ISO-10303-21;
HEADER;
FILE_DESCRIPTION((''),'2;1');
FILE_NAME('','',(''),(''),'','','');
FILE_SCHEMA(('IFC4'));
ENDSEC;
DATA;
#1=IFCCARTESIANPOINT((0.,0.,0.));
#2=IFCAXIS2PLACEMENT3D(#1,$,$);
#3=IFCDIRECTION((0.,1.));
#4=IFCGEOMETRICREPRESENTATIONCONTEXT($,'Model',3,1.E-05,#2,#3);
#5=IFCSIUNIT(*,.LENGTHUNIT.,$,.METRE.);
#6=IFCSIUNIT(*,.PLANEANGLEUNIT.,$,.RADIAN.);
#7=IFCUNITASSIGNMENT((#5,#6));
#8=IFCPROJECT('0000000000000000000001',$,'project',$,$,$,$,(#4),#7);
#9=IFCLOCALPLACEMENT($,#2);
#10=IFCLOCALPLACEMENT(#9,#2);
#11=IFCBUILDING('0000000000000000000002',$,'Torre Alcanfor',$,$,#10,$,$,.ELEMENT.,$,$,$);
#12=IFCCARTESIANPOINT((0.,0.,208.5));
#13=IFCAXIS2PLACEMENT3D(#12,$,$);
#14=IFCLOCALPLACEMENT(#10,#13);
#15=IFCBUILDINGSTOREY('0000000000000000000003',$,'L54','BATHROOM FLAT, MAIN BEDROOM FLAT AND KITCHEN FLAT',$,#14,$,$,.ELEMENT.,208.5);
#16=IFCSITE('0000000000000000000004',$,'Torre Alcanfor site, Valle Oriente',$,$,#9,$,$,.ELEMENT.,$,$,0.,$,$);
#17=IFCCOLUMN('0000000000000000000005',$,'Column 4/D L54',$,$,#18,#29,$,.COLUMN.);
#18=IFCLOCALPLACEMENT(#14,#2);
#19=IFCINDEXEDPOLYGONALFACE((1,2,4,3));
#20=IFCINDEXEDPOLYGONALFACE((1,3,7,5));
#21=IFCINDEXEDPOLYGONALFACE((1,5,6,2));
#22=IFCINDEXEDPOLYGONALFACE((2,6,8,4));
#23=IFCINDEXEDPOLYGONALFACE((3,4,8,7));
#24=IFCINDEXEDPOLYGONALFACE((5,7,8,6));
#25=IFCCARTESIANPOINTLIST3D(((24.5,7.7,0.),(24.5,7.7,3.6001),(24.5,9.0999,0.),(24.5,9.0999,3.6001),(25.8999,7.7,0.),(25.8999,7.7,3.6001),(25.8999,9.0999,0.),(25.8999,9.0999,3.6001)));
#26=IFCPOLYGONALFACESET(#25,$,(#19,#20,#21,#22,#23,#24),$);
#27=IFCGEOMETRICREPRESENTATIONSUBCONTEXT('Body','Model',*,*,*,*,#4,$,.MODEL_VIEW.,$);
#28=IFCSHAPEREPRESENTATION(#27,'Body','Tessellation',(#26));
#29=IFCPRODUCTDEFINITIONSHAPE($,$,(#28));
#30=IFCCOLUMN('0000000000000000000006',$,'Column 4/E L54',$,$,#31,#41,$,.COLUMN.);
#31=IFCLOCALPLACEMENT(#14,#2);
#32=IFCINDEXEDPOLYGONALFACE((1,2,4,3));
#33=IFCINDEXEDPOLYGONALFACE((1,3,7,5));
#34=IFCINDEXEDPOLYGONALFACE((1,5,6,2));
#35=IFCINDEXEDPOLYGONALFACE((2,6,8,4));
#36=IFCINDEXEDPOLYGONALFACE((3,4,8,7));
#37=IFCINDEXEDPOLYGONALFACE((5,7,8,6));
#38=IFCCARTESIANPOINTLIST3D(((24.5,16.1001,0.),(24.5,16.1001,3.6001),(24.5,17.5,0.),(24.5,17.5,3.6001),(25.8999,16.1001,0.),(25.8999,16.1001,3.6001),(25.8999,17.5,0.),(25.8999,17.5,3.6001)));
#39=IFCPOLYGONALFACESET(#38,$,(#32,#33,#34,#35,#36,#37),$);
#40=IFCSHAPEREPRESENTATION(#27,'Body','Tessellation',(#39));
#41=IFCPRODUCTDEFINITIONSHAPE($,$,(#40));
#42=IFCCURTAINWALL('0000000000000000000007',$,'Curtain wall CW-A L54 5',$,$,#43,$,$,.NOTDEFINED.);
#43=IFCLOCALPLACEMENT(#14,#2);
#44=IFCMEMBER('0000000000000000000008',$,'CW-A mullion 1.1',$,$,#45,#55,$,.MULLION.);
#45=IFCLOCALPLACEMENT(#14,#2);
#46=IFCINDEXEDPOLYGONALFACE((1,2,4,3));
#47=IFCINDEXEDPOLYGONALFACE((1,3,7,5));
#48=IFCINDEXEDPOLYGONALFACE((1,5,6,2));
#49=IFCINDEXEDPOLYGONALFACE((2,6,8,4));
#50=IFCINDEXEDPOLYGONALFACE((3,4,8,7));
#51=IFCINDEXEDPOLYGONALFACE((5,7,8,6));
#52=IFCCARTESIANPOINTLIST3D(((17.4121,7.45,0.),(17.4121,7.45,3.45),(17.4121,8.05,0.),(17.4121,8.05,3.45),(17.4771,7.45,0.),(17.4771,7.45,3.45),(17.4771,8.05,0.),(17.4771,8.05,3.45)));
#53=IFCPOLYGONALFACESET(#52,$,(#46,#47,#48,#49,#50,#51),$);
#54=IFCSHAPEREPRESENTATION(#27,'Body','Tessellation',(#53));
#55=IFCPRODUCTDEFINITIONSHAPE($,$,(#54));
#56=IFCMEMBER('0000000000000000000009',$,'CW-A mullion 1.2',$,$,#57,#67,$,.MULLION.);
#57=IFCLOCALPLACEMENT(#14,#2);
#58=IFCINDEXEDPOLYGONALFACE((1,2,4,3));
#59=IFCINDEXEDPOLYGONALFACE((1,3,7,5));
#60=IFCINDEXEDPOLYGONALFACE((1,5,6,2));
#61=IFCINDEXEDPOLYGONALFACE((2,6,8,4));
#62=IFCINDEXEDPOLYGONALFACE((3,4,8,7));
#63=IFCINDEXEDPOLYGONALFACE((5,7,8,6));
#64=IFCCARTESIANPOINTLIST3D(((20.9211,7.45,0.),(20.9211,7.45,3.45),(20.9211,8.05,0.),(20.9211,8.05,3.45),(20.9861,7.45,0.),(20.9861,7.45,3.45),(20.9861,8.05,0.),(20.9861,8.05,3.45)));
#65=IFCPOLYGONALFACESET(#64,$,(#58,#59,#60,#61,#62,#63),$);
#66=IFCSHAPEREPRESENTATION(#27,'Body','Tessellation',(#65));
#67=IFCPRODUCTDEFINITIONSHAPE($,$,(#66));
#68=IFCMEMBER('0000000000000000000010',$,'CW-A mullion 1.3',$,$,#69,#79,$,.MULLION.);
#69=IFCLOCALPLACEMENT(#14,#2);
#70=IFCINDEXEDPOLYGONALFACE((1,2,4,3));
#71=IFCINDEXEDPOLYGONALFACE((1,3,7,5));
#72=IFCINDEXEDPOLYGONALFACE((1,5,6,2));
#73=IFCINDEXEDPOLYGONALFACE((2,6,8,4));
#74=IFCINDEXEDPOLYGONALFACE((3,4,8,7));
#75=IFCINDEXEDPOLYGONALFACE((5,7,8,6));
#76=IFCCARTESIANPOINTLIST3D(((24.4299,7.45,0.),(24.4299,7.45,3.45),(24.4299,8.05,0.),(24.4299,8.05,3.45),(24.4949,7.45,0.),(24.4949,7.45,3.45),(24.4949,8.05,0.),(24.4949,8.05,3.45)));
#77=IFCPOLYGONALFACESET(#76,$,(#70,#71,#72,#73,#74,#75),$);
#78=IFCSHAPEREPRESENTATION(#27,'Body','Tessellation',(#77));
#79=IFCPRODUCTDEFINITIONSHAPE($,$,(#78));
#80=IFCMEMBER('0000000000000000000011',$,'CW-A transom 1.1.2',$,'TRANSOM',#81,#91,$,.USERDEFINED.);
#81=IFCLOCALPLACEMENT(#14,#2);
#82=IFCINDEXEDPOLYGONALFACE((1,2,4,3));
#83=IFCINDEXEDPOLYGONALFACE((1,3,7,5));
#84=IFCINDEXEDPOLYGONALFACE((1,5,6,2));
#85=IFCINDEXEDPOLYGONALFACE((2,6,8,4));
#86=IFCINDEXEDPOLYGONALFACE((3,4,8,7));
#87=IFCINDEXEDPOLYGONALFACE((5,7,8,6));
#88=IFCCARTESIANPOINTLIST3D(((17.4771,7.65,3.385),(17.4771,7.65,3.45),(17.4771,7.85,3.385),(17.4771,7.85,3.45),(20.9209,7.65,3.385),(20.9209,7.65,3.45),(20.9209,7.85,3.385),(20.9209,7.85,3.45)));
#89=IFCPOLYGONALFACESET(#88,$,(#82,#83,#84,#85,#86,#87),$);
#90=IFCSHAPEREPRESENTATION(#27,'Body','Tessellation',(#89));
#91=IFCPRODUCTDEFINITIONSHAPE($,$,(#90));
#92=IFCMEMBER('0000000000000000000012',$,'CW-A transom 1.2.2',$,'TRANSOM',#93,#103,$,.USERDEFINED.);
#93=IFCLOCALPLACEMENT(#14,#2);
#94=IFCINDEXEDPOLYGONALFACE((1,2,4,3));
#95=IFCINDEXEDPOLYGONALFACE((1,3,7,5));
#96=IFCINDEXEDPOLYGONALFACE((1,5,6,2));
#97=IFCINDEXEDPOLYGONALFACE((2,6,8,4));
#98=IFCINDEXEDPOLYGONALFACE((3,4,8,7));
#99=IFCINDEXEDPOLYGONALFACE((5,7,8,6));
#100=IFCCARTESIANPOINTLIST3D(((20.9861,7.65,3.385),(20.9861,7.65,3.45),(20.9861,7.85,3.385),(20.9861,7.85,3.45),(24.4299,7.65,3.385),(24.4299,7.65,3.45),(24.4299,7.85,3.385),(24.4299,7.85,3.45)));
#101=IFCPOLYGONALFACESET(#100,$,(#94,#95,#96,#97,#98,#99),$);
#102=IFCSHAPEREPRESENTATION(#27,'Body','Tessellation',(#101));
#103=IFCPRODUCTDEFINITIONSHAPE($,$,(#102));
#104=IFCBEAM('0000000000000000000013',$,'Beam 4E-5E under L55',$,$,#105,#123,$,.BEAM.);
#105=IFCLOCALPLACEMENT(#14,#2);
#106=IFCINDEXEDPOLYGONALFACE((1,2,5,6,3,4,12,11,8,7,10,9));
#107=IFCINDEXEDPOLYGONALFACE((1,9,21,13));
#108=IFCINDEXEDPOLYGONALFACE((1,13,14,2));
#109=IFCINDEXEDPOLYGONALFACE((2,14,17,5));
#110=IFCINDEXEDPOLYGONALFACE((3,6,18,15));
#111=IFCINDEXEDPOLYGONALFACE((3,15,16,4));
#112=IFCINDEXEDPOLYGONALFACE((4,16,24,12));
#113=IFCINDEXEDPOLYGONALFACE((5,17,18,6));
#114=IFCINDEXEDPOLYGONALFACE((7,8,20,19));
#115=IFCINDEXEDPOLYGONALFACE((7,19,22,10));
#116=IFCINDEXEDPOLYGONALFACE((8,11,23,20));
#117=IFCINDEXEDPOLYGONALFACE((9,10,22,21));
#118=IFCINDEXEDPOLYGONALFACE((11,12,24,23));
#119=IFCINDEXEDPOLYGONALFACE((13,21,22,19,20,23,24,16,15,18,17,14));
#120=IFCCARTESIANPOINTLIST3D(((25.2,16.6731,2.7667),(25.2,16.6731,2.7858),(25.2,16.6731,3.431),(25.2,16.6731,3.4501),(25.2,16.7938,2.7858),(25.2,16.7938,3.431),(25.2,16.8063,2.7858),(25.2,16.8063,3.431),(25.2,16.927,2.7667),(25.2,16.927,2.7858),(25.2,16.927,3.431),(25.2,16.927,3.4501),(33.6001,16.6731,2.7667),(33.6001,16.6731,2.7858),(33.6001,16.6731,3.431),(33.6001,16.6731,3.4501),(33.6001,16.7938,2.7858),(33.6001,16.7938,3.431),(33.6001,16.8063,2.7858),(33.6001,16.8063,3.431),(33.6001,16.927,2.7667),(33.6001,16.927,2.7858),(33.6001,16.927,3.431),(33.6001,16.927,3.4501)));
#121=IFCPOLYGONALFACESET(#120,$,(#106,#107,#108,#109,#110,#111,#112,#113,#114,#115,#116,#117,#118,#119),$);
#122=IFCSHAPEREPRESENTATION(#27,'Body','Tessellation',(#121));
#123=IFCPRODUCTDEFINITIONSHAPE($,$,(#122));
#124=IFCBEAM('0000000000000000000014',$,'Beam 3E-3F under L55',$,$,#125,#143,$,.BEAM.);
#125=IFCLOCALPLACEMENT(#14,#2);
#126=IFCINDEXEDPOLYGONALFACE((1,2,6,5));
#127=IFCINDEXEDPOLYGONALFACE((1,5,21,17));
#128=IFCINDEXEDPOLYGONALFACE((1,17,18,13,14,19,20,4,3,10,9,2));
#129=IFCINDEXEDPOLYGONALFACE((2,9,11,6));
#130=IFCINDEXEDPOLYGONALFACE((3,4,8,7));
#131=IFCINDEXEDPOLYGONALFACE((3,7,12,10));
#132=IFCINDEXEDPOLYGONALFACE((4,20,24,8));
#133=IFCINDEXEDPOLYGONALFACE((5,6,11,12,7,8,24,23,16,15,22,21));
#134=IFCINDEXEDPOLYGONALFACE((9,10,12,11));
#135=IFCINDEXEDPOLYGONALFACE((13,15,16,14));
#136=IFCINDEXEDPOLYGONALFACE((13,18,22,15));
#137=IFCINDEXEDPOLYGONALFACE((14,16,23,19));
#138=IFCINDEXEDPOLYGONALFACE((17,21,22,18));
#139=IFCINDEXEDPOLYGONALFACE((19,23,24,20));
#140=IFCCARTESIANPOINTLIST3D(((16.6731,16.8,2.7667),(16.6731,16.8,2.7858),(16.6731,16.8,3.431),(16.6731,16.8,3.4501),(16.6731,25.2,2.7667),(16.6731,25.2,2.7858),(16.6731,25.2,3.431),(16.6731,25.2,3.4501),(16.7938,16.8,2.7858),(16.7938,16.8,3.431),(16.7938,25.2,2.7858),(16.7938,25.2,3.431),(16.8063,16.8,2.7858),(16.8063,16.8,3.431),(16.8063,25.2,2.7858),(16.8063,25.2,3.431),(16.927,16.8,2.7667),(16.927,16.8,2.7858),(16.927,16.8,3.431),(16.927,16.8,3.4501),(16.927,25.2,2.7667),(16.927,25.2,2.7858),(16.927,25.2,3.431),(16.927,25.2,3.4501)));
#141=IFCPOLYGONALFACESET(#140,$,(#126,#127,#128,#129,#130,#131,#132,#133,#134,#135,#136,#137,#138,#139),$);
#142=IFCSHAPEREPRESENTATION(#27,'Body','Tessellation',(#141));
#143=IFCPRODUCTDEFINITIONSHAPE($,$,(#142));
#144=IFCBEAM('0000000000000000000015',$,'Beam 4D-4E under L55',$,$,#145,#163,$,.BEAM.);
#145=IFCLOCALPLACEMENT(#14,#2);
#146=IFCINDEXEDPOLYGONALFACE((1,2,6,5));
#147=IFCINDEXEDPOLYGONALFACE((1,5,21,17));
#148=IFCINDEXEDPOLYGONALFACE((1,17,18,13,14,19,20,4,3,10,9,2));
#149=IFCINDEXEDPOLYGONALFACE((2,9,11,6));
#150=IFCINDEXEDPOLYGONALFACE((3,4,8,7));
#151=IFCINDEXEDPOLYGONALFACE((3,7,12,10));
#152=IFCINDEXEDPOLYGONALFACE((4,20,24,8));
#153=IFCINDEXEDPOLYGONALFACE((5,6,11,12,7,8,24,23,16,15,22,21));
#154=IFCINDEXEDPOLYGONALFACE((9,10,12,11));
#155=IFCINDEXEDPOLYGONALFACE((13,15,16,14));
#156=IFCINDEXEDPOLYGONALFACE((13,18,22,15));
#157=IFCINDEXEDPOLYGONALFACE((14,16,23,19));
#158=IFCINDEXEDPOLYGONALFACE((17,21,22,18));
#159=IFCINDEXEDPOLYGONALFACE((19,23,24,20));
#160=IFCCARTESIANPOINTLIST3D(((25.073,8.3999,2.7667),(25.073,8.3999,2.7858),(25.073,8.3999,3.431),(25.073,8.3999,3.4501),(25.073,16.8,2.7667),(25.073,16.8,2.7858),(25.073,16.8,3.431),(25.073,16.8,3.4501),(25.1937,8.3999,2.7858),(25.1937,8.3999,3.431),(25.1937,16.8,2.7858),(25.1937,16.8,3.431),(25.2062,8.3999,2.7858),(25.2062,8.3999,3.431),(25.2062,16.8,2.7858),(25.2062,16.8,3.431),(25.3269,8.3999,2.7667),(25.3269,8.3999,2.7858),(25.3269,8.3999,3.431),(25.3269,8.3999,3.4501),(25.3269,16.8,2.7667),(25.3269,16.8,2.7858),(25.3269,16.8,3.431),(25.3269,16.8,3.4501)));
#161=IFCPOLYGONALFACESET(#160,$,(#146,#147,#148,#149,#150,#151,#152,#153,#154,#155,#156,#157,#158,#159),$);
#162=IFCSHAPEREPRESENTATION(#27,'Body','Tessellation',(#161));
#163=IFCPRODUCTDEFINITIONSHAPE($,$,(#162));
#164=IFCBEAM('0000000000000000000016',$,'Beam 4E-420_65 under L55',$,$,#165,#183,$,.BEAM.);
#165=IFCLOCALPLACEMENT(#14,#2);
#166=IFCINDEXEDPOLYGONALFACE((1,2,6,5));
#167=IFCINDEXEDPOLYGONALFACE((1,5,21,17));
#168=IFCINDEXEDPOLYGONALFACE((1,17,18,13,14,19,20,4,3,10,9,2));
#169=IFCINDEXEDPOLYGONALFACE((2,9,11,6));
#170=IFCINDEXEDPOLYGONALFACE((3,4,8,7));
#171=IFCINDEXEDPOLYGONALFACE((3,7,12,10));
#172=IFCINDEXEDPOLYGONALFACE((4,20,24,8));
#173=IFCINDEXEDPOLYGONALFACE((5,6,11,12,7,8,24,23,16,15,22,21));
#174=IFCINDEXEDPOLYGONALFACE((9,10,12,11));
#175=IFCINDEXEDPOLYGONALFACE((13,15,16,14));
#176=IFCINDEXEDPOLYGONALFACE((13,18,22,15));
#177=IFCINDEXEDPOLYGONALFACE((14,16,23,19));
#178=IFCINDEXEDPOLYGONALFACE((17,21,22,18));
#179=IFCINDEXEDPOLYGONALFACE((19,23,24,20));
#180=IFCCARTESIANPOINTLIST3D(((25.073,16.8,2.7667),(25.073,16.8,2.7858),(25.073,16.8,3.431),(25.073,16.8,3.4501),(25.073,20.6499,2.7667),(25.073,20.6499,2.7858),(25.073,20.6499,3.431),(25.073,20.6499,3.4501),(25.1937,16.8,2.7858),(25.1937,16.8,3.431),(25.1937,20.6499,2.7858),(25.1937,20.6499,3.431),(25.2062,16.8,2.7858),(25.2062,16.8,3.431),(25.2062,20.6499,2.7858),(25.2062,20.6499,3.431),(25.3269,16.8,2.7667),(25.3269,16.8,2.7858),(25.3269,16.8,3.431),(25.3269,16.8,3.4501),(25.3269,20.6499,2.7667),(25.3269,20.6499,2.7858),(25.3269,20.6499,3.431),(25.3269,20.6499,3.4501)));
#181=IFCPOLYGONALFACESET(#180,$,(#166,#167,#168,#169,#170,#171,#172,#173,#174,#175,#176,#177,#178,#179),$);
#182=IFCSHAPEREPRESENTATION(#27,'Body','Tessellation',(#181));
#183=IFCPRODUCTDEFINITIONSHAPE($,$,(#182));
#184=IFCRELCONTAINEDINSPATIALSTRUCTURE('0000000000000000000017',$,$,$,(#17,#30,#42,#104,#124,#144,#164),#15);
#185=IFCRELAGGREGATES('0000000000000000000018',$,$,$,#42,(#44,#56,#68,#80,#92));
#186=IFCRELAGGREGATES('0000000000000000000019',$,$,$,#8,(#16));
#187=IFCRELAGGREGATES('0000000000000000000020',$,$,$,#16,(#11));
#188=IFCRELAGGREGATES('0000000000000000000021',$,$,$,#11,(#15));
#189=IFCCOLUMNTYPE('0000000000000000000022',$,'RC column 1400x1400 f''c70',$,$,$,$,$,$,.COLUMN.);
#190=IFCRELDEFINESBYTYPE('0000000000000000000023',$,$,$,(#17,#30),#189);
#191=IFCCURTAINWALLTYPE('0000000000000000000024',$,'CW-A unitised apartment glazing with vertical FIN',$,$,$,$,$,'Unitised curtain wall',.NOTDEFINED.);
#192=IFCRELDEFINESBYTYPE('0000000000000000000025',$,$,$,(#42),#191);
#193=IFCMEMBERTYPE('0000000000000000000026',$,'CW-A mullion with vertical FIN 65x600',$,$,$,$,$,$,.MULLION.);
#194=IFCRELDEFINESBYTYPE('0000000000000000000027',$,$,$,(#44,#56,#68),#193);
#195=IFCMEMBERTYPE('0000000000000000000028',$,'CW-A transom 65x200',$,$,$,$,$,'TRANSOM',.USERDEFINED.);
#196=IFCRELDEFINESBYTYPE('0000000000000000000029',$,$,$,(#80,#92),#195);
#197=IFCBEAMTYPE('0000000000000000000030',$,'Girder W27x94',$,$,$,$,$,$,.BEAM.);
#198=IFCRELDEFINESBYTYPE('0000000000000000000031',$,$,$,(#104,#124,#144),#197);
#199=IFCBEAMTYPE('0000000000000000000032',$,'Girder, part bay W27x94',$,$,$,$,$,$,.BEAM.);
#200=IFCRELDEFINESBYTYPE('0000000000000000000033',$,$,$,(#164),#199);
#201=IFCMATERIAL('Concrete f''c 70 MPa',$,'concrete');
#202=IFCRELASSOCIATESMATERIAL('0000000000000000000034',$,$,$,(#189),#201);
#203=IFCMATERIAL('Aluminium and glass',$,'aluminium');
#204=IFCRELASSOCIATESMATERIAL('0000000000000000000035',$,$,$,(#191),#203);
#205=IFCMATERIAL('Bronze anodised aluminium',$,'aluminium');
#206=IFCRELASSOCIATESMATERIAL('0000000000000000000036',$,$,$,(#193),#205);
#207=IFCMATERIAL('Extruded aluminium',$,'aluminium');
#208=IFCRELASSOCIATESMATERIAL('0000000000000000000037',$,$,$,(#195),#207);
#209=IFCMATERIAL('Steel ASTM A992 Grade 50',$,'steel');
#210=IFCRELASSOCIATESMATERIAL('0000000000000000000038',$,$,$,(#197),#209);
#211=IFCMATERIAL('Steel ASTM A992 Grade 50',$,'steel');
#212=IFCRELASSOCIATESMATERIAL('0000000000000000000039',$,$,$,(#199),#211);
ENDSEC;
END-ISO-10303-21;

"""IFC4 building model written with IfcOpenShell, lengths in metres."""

from ifc_helpers import new_model, si_unit, direction, frame, origin, origin_2d, place, context, subcontext, project, spatial, rectangle, i_section, extrude, material, material_profile, profile_set, type_object, element, aggregate, save


model = new_model("IFC4")

# Units and contexts
model_context = context("Model", 3, precision=1e-05, world=origin(), true_north=direction((0.0, 1.0)))
body_context = subcontext(model_context, "Body", "Model", "MODEL_VIEW")
ifc_project = project(units=[si_unit("LENGTHUNIT", "METRE"), si_unit("PLANEANGLEUNIT", "RADIAN")], contexts=[model_context])

# Site, building, storey
site_placement = place(None, origin())
site = spatial("IfcSite", under=ifc_project, at=site_placement, Name="Torre Alcanfor site, Valle Oriente", CompositionType="ELEMENT", RefElevation=0.0)
building_placement = place(site_placement, origin())
building = spatial("IfcBuilding", under=site, at=building_placement, Name="Torre Alcanfor", CompositionType="ELEMENT")
storey_placement = place(building_placement, frame((0.0, 0.0, 208.5)))
storey = spatial("IfcBuildingStorey", under=building, at=storey_placement, Name="L54", Description="BATHROOM FLAT, MAIN BEDROOM FLAT AND KITCHEN FLAT", CompositionType="ELEMENT", Elevation=208.5)

# Columns
ifc_material_1 = material(Name="Concrete f'c 70 MPa", Category="concrete")
ifc_material_profile_1 = material_profile(ifc_material_1, rectangle(XDim=1.3999, YDim=1.3999, at=origin_2d()), Name="1400x1400")
ifc_profile_set_1 = profile_set([ifc_material_profile_1], Name="Concrete f'c 70 MPa")
column_type = type_object("IfcColumnType", Name="RC column 1400x1400 f'c70", PredefinedType="COLUMN", material=ifc_profile_set_1)
for number, where, z_axis, x_axis, name in (
    (1, (25.2, 8.3999, 0.0), (0.0, 0.0, 1.0), (1.0, 0.0, 0.0), "Column 4/D L54"),
    (2, (25.2, 16.8, 0.0), (0.0, 0.0, 1.0), (1.0, 0.0, 0.0), "Column 4/E L54"),
):
    element("IfcColumn", number, at=place(storey_placement, frame(where, z_axis=z_axis, x_axis=x_axis)), inside=storey, type_object=column_type, Name=name, PredefinedType="COLUMN", context=body_context, shape_type="SweptSolid", body=[
        extrude(rectangle(XDim=1.3999, YDim=1.3999, at=origin_2d()), origin(), (0.0, 0.0, 1.0), 3.6001),
    ])

# Curtain wall, members
ifc_material_2 = material(Name="Aluminium and glass", Category="aluminium")
curtain_wall_type = type_object("IfcCurtainWallType", Name="CW-A unitised apartment glazing with vertical FIN", ElementType="Unitised curtain wall", PredefinedType="NOTDEFINED", material=ifc_material_2)
curtain_wall_placement = place(storey_placement, origin())
curtain_wall = element("IfcCurtainWall", 3, at=curtain_wall_placement, inside=storey, type_object=curtain_wall_type, Name="Curtain wall CW-A L54 5", PredefinedType="NOTDEFINED")
ifc_material_3 = material(Name="Bronze anodised aluminium", Category="aluminium")
ifc_material_profile_2 = material_profile(ifc_material_3, rectangle(XDim=0.6001, YDim=0.0649, at=origin_2d()), Name="CW-A mullion 65x600")
ifc_profile_set_2 = profile_set([ifc_material_profile_2], Name="Bronze anodised aluminium")
member_type_1 = type_object("IfcMemberType", Name="CW-A mullion with vertical FIN 65x600", PredefinedType="MULLION", material=ifc_profile_set_2)
member_1_placement = place(storey_placement, frame((17.4446, 7.75, 0.0), z_axis=(0.0, 0.0, 1.0), x_axis=(0.0, 1.0, 0.0)))
member_1 = element("IfcMember", 4, at=member_1_placement, type_object=member_type_1, Name="CW-A mullion 1.1", PredefinedType="MULLION", context=body_context, shape_type="SweptSolid", body=[
    extrude(rectangle(XDim=0.6001, YDim=0.0649, at=origin_2d()), origin(), (0.0, 0.0, 1.0), 3.45),
])
member_2_placement = place(storey_placement, frame((20.9536, 7.75, 0.0), z_axis=(0.0, 0.0, 1.0), x_axis=(0.0, 1.0, 0.0)))
member_2 = element("IfcMember", 5, at=member_2_placement, type_object=member_type_1, Name="CW-A mullion 1.2", PredefinedType="MULLION", context=body_context, shape_type="SweptSolid", body=[
    extrude(rectangle(XDim=0.6001, YDim=0.0649, at=origin_2d()), origin(), (0.0, 0.0, 1.0), 3.45),
])
member_3_placement = place(storey_placement, frame((24.4624, 7.75, 0.0), z_axis=(0.0, 0.0, 1.0), x_axis=(0.0, 1.0, 0.0)))
member_3 = element("IfcMember", 6, at=member_3_placement, type_object=member_type_1, Name="CW-A mullion 1.3", PredefinedType="MULLION", context=body_context, shape_type="SweptSolid", body=[
    extrude(rectangle(XDim=0.6001, YDim=0.0649, at=origin_2d()), origin(), (0.0, 0.0, 1.0), 3.45),
])
ifc_material_4 = material(Name="Extruded aluminium", Category="aluminium")
ifc_material_profile_3 = material_profile(ifc_material_4, rectangle(XDim=0.2, YDim=0.0649, at=origin_2d()), Name="CW-A transom 200x65")
ifc_profile_set_3 = profile_set([ifc_material_profile_3], Name="Extruded aluminium")
member_type_2 = type_object("IfcMemberType", Name="CW-A transom 65x200", ElementType="TRANSOM", PredefinedType="USERDEFINED", material=ifc_profile_set_3)
member_4_placement = place(storey_placement, frame((17.4771, 7.75, 3.4175), z_axis=(1.0, 0.0, 0.0), x_axis=(0.0, 1.0, 0.0)))
member_4 = element("IfcMember", 7, at=member_4_placement, type_object=member_type_2, Name="CW-A transom 1.1.2", ObjectType="TRANSOM", PredefinedType="USERDEFINED", context=body_context, shape_type="SweptSolid", body=[
    extrude(rectangle(XDim=0.2, YDim=0.0649, at=origin_2d()), origin(), (0.0, 0.0, 1.0), 3.4438),
])
member_5_placement = place(storey_placement, frame((20.9861, 7.75, 3.4175), z_axis=(1.0, 0.0, 0.0), x_axis=(0.0, 1.0, 0.0)))
member_5 = element("IfcMember", 8, at=member_5_placement, type_object=member_type_2, Name="CW-A transom 1.2.2", ObjectType="TRANSOM", PredefinedType="USERDEFINED", context=body_context, shape_type="SweptSolid", body=[
    extrude(rectangle(XDim=0.2, YDim=0.0649, at=origin_2d()), origin(), (0.0, 0.0, 1.0), 3.4438),
])

# Beams
ifc_material_5 = material(Name="Steel ASTM A992 Grade 50", Category="steel")
ifc_material_profile_4 = material_profile(ifc_material_5, i_section(OverallWidth=0.2539, OverallDepth=0.6833, WebThickness=0.0125, FlangeThickness=0.019, at=origin_2d()), Name="W27x94")
ifc_profile_set_4 = profile_set([ifc_material_profile_4], Name="Steel ASTM A992 Grade 50")
beam_type_1 = type_object("IfcBeamType", Name="Girder W27x94", PredefinedType="BEAM", material=ifc_profile_set_4)
beam_1_placement = place(storey_placement, frame((25.2, 16.8, 3.1084), z_axis=(1.0, 0.0, 0.0), x_axis=(0.0, 1.0, 0.0)))
element("IfcBeam", 9, at=beam_1_placement, inside=storey, type_object=beam_type_1, Name="Beam 4E-5E under L55", PredefinedType="BEAM", context=body_context, shape_type="SweptSolid", body=[
    extrude(i_section(OverallWidth=0.2539, OverallDepth=0.6833, WebThickness=0.0125, FlangeThickness=0.019, at=origin_2d()), origin(), (0.0, 0.0, 1.0), 8.4001),
])
beam_2_placement = place(storey_placement, frame((16.8, 16.8, 3.1084), z_axis=(0.0, 1.0, 0.0), x_axis=(-1.0, 0.0, 0.0)))
element("IfcBeam", 10, at=beam_2_placement, inside=storey, type_object=beam_type_1, Name="Beam 3E-3F under L55", PredefinedType="BEAM", context=body_context, shape_type="SweptSolid", body=[
    extrude(i_section(OverallWidth=0.2539, OverallDepth=0.6833, WebThickness=0.0125, FlangeThickness=0.019, at=origin_2d()), origin(), (0.0, 0.0, 1.0), 8.3999),
])
beam_3_placement = place(storey_placement, frame((25.2, 8.3999, 3.1084), z_axis=(0.0, 1.0, 0.0), x_axis=(-1.0, 0.0, 0.0)))
element("IfcBeam", 11, at=beam_3_placement, inside=storey, type_object=beam_type_1, Name="Beam 4D-4E under L55", PredefinedType="BEAM", context=body_context, shape_type="SweptSolid", body=[
    extrude(i_section(OverallWidth=0.2539, OverallDepth=0.6833, WebThickness=0.0125, FlangeThickness=0.019, at=origin_2d()), origin(), (0.0, 0.0, 1.0), 8.4001),
])
ifc_material_6 = material(Name="Steel ASTM A992 Grade 50", Category="steel")
ifc_material_profile_5 = material_profile(ifc_material_6, i_section(OverallWidth=0.2539, OverallDepth=0.6833, WebThickness=0.0125, FlangeThickness=0.019, at=origin_2d()), Name="W27x94")
ifc_profile_set_5 = profile_set([ifc_material_profile_5], Name="Steel ASTM A992 Grade 50")
beam_type_2 = type_object("IfcBeamType", Name="Girder, part bay W27x94", PredefinedType="BEAM", material=ifc_profile_set_5)
beam_4_placement = place(storey_placement, frame((25.2, 16.8, 3.1084), z_axis=(0.0, 1.0, 0.0), x_axis=(-1.0, 0.0, 0.0)))
element("IfcBeam", 12, at=beam_4_placement, inside=storey, type_object=beam_type_2, Name="Beam 4E-420_65 under L55", PredefinedType="BEAM", context=body_context, shape_type="SweptSolid", body=[
    extrude(i_section(OverallWidth=0.2539, OverallDepth=0.6833, WebThickness=0.0125, FlangeThickness=0.019, at=origin_2d()), origin(), (0.0, 0.0, 1.0), 3.8499),
])

aggregate(curtain_wall, [member_1, member_2, member_3, member_4, member_5])

save(model, "model.ifc")
